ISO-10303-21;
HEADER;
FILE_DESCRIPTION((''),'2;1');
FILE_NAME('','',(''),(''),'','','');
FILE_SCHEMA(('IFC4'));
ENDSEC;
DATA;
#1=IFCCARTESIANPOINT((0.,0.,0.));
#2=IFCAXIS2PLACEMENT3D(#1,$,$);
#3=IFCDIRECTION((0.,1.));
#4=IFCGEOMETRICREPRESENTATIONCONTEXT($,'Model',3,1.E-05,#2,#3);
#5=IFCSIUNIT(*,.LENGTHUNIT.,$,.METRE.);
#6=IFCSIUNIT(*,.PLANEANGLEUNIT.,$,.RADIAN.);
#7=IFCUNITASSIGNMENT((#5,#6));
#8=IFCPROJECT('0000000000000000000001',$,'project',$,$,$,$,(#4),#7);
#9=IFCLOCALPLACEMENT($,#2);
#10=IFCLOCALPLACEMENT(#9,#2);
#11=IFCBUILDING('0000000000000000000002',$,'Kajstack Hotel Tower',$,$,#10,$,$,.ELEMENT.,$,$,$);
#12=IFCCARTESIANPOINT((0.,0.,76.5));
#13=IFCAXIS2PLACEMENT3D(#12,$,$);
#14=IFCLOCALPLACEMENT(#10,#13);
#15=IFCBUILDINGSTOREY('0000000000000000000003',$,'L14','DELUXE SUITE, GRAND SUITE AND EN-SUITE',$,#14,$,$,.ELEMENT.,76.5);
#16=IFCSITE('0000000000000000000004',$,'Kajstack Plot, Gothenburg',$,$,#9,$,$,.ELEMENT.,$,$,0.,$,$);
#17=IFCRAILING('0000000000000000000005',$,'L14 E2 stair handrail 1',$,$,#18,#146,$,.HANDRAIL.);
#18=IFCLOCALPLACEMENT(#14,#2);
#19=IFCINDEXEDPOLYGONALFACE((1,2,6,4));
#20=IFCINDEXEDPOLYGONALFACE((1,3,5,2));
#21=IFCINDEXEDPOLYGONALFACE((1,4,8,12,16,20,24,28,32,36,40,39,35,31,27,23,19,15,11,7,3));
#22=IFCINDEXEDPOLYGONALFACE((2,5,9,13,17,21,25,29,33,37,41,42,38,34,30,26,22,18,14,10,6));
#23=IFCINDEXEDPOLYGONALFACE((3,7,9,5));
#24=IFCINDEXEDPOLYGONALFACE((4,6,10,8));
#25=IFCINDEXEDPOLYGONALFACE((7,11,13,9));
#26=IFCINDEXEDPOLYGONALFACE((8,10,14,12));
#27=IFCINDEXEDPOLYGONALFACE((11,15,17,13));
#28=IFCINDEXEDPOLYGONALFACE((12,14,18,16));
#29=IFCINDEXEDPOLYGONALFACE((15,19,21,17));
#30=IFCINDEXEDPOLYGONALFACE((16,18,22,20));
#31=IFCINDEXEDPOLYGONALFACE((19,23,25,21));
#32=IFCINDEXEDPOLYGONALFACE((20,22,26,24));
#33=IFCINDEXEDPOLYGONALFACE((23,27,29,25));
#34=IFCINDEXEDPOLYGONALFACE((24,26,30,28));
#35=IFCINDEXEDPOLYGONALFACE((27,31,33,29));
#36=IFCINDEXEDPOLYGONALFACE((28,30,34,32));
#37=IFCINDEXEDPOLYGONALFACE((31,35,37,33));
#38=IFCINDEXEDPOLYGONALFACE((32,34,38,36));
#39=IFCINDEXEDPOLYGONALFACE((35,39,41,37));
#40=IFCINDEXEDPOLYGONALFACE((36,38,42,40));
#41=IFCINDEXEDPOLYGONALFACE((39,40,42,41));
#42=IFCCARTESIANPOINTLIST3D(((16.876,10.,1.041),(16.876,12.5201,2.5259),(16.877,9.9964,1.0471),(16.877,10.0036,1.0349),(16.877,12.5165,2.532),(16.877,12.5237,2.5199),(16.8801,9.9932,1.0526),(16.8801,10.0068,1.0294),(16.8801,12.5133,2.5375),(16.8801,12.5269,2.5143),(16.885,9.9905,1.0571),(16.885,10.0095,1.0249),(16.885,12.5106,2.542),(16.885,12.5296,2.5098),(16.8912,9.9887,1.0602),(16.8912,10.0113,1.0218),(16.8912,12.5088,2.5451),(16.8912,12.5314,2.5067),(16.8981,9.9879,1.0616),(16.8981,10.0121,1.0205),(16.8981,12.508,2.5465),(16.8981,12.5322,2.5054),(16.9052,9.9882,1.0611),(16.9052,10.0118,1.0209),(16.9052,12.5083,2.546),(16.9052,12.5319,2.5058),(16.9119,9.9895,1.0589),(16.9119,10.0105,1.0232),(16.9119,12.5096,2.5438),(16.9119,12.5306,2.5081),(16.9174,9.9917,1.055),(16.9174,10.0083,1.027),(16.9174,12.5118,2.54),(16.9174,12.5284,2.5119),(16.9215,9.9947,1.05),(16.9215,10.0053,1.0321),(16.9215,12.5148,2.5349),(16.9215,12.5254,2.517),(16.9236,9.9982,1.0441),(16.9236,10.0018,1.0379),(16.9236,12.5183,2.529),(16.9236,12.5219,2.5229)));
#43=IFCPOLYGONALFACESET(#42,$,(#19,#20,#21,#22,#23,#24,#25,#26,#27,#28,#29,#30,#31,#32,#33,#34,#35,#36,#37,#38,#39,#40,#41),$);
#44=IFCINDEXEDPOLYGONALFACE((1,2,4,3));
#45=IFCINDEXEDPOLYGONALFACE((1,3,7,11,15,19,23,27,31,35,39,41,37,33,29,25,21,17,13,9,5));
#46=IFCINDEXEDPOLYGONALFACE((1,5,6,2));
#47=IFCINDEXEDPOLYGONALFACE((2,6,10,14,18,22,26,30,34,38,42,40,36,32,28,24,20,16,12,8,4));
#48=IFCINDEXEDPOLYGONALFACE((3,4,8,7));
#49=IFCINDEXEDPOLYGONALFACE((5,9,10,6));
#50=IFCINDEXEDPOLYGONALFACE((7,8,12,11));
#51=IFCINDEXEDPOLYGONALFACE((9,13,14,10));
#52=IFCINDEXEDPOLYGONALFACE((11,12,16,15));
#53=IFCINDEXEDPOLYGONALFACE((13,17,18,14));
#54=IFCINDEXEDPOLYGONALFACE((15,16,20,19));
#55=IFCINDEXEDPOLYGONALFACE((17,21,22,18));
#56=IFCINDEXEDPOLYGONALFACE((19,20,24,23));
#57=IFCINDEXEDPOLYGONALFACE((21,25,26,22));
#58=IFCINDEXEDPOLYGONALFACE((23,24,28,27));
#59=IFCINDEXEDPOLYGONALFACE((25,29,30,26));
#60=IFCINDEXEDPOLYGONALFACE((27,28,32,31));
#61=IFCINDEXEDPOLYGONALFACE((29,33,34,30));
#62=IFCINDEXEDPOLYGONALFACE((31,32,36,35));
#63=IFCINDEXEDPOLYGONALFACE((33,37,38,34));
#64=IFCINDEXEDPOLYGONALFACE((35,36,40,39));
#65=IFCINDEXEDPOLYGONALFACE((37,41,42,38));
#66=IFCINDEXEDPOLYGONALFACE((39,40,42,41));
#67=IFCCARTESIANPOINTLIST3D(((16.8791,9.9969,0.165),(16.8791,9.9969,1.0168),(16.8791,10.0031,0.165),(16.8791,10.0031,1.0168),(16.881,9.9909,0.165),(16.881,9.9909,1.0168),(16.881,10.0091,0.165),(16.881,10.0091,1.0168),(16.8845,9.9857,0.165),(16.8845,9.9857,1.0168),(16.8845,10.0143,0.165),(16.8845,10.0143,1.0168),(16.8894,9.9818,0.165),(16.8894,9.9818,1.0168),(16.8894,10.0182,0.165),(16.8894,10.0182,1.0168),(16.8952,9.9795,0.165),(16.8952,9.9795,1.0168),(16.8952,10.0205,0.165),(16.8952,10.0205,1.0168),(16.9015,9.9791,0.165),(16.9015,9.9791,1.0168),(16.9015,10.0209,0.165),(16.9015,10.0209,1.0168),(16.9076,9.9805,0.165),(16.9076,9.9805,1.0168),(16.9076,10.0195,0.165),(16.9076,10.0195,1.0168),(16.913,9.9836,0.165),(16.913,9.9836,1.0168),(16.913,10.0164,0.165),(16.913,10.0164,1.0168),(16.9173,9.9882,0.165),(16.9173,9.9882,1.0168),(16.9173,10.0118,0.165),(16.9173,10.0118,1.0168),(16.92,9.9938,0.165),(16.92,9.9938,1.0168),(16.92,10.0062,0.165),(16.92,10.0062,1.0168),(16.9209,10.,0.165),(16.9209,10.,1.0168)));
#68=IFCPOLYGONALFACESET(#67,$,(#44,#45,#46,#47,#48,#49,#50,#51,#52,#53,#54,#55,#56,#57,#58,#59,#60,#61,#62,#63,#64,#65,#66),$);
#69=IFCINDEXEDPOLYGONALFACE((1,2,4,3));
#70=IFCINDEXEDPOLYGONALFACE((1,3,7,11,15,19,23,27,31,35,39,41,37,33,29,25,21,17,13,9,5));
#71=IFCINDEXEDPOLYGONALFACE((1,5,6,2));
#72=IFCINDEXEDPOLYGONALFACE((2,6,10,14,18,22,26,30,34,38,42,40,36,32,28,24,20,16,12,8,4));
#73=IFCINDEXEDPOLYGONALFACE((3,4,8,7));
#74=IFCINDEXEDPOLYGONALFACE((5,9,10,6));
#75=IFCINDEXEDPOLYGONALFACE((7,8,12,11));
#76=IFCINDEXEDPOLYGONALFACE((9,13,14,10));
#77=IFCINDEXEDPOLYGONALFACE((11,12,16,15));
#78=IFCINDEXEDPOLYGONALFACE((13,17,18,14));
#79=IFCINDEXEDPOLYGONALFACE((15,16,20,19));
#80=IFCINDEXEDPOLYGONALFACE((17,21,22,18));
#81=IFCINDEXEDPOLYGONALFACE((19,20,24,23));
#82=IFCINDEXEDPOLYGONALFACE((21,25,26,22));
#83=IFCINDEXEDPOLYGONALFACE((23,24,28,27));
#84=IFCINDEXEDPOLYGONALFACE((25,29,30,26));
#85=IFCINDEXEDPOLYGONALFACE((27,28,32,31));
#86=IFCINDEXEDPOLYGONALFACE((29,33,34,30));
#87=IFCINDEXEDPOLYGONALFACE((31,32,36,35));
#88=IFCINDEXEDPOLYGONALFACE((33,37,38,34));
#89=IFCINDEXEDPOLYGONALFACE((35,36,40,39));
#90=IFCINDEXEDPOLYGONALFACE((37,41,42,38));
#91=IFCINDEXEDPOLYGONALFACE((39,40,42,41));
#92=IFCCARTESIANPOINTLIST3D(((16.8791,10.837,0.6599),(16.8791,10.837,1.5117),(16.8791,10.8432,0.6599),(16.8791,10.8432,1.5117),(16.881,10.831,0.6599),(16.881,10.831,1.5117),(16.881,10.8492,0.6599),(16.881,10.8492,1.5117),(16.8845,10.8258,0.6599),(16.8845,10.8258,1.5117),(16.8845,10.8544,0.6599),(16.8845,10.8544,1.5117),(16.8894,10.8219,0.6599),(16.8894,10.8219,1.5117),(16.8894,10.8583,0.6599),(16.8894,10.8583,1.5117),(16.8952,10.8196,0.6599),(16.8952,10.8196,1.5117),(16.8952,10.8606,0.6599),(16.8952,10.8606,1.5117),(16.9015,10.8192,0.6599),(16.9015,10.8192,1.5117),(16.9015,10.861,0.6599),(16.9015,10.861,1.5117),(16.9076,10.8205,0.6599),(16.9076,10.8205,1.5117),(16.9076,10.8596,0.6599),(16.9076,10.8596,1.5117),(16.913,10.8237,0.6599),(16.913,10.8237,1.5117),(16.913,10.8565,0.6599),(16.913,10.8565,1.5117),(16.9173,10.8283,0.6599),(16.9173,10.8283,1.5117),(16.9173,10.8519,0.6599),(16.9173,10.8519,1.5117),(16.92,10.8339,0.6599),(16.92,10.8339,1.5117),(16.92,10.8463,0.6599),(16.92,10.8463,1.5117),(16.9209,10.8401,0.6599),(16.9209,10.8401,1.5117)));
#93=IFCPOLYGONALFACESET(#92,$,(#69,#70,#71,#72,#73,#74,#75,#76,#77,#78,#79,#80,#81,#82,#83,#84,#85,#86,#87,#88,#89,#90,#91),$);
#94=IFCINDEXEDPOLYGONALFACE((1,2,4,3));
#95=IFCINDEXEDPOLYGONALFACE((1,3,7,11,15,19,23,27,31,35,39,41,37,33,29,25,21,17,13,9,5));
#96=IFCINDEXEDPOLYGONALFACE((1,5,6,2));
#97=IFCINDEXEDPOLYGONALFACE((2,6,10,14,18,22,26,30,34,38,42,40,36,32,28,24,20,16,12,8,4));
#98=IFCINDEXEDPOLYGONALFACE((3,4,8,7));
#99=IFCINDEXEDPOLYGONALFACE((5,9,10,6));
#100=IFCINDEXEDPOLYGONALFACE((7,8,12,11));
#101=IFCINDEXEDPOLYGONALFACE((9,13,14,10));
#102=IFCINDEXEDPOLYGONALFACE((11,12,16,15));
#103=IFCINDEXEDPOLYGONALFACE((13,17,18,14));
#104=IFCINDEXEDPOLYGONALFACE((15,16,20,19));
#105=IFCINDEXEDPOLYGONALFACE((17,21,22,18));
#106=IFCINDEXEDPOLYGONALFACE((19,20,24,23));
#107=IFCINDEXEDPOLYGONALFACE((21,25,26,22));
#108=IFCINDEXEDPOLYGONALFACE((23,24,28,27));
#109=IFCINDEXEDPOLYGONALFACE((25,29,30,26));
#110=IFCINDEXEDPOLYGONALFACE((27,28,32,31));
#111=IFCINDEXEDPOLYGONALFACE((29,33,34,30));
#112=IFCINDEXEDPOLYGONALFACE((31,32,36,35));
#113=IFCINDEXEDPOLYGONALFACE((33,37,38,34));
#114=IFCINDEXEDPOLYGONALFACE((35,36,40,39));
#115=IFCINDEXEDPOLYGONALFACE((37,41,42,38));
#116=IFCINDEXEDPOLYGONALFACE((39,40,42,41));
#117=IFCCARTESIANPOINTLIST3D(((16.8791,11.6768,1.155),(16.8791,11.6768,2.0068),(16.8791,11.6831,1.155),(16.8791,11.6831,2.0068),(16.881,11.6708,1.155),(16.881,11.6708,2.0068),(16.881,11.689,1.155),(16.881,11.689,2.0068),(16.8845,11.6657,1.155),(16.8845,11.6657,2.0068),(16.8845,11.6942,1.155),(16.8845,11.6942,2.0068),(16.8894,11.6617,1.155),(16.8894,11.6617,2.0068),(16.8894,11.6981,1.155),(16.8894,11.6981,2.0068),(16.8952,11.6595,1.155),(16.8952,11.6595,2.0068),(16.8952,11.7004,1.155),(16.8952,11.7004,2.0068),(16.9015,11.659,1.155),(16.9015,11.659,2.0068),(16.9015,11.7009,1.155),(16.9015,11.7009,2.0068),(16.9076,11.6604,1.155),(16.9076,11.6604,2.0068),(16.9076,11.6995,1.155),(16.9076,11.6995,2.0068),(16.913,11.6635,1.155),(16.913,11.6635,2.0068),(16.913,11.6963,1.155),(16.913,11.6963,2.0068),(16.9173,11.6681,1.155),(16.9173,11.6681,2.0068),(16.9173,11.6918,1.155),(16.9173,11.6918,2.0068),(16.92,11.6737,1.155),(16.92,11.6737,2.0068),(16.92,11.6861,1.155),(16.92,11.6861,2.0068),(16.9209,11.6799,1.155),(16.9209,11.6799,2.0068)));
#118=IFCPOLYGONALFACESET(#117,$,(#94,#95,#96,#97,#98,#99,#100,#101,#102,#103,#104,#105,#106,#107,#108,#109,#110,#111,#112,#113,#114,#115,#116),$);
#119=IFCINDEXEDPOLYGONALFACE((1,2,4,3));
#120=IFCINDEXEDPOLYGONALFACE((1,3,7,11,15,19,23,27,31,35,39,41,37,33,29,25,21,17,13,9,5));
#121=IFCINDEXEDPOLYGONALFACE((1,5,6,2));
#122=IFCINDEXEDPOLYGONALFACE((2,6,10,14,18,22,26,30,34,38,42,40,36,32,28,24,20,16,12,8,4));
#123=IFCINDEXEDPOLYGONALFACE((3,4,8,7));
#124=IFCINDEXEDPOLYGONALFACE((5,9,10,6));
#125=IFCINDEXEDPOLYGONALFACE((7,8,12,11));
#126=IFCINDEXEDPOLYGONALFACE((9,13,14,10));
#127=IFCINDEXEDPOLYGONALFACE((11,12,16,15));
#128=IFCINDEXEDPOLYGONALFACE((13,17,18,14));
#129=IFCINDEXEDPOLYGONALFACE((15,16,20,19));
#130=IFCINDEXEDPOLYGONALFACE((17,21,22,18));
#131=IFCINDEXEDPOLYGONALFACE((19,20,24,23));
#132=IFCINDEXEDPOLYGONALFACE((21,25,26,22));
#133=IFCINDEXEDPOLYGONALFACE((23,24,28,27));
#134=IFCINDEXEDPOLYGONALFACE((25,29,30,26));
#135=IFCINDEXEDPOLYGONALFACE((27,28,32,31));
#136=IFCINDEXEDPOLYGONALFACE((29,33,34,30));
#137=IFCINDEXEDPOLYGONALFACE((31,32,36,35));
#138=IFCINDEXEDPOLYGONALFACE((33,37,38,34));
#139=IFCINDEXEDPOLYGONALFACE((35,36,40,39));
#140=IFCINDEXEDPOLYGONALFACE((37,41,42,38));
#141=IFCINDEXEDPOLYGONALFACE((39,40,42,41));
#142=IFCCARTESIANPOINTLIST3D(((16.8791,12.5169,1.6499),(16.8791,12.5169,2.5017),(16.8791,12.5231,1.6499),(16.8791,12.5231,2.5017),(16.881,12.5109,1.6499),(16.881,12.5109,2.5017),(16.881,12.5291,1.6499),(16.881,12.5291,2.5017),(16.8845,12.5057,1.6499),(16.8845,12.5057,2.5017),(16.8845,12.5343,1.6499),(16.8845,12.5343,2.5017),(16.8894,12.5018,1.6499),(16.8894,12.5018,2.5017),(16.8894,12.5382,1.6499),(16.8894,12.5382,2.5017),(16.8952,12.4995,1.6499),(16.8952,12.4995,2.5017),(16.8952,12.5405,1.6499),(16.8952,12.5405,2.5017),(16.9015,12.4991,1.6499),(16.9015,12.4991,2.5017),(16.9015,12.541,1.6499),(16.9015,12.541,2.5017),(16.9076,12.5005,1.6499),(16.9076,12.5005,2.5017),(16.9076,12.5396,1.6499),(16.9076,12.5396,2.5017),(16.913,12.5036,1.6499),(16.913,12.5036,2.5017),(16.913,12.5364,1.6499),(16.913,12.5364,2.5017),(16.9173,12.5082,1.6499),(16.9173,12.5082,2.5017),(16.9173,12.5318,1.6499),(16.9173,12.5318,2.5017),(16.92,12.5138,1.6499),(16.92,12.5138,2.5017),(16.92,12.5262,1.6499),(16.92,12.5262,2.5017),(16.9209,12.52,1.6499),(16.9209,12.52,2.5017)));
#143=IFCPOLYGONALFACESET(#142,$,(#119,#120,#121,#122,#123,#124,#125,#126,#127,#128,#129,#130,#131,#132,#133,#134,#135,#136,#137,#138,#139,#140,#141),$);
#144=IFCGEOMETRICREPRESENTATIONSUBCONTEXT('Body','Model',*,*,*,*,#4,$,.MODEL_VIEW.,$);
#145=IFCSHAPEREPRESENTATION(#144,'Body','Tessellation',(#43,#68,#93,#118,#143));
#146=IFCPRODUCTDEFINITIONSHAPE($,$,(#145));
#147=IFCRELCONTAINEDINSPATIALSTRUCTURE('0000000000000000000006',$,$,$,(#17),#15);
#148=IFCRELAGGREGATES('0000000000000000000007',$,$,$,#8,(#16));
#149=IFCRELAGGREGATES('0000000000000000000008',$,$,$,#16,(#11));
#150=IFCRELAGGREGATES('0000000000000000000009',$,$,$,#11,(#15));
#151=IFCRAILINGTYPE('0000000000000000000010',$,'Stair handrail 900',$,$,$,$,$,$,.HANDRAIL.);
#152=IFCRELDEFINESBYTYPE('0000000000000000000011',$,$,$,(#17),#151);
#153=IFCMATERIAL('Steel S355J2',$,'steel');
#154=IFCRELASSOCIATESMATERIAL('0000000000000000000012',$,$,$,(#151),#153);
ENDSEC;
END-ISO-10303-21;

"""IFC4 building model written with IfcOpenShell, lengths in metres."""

from ifc_helpers import new_model, si_unit, direction, frame, origin, origin_2d, place, context, subcontext, project, spatial, circle, extrude, material, type_object, element, save


model = new_model("IFC4")

# Units and contexts
model_context = context("Model", 3, precision=1e-05, world=origin(), true_north=direction((0.0, 1.0)))
body_context = subcontext(model_context, "Body", "Model", "MODEL_VIEW")
ifc_project = project(units=[si_unit("LENGTHUNIT", "METRE"), si_unit("PLANEANGLEUNIT", "RADIAN")], contexts=[model_context])

# Site, building, storey
site_placement = place(None, origin())
site = spatial("IfcSite", under=ifc_project, at=site_placement, Name="Kajstack Plot, Gothenburg", CompositionType="ELEMENT", RefElevation=0.0)
building_placement = place(site_placement, origin())
building = spatial("IfcBuilding", under=site, at=building_placement, Name="Kajstack Hotel Tower", CompositionType="ELEMENT")
storey_placement = place(building_placement, frame((0.0, 0.0, 76.5)))
storey = spatial("IfcBuildingStorey", under=building, at=storey_placement, Name="L14", Description="DELUXE SUITE, GRAND SUITE AND EN-SUITE", CompositionType="ELEMENT", Elevation=76.5)

# Railing
ifc_material_1 = material(Name="Steel S355J2", Category="steel")
railing_type_1 = type_object("IfcRailingType", Name="Stair handrail 900", PredefinedType="HANDRAIL", material=ifc_material_1)
railing_1_placement = place(storey_placement, frame((16.8999, 10.0, 0.165)))
element("IfcRailing", 1, at=railing_1_placement, inside=storey, type_object=railing_type_1, Name="L14 E2 stair handrail 1", PredefinedType="HANDRAIL", context=body_context, shape_type="SweptSolid", body=[
    extrude(circle(Radius=0.0239, at=origin_2d()), frame((0.0, 0.0, 0.876), z_axis=(0.0, 0.861561, 0.507655), x_axis=(-1.0, 0.0, 0.0)), (0.0, 0.0, 1.0), 2.925),
    extrude(circle(Radius=0.021, at=origin_2d()), origin(), (0.0, 0.0, 1.0), 0.8518),
    extrude(circle(Radius=0.021, at=origin_2d()), frame((0.0, 0.8401, 0.4949)), (0.0, 0.0, 1.0), 0.8518),
    extrude(circle(Radius=0.021, at=origin_2d()), frame((0.0, 1.6799, 0.99)), (0.0, 0.0, 1.0), 0.8518),
    extrude(circle(Radius=0.021, at=origin_2d()), frame((0.0, 2.52, 1.4849)), (0.0, 0.0, 1.0), 0.8518),
])

save(model, "model.ifc")
